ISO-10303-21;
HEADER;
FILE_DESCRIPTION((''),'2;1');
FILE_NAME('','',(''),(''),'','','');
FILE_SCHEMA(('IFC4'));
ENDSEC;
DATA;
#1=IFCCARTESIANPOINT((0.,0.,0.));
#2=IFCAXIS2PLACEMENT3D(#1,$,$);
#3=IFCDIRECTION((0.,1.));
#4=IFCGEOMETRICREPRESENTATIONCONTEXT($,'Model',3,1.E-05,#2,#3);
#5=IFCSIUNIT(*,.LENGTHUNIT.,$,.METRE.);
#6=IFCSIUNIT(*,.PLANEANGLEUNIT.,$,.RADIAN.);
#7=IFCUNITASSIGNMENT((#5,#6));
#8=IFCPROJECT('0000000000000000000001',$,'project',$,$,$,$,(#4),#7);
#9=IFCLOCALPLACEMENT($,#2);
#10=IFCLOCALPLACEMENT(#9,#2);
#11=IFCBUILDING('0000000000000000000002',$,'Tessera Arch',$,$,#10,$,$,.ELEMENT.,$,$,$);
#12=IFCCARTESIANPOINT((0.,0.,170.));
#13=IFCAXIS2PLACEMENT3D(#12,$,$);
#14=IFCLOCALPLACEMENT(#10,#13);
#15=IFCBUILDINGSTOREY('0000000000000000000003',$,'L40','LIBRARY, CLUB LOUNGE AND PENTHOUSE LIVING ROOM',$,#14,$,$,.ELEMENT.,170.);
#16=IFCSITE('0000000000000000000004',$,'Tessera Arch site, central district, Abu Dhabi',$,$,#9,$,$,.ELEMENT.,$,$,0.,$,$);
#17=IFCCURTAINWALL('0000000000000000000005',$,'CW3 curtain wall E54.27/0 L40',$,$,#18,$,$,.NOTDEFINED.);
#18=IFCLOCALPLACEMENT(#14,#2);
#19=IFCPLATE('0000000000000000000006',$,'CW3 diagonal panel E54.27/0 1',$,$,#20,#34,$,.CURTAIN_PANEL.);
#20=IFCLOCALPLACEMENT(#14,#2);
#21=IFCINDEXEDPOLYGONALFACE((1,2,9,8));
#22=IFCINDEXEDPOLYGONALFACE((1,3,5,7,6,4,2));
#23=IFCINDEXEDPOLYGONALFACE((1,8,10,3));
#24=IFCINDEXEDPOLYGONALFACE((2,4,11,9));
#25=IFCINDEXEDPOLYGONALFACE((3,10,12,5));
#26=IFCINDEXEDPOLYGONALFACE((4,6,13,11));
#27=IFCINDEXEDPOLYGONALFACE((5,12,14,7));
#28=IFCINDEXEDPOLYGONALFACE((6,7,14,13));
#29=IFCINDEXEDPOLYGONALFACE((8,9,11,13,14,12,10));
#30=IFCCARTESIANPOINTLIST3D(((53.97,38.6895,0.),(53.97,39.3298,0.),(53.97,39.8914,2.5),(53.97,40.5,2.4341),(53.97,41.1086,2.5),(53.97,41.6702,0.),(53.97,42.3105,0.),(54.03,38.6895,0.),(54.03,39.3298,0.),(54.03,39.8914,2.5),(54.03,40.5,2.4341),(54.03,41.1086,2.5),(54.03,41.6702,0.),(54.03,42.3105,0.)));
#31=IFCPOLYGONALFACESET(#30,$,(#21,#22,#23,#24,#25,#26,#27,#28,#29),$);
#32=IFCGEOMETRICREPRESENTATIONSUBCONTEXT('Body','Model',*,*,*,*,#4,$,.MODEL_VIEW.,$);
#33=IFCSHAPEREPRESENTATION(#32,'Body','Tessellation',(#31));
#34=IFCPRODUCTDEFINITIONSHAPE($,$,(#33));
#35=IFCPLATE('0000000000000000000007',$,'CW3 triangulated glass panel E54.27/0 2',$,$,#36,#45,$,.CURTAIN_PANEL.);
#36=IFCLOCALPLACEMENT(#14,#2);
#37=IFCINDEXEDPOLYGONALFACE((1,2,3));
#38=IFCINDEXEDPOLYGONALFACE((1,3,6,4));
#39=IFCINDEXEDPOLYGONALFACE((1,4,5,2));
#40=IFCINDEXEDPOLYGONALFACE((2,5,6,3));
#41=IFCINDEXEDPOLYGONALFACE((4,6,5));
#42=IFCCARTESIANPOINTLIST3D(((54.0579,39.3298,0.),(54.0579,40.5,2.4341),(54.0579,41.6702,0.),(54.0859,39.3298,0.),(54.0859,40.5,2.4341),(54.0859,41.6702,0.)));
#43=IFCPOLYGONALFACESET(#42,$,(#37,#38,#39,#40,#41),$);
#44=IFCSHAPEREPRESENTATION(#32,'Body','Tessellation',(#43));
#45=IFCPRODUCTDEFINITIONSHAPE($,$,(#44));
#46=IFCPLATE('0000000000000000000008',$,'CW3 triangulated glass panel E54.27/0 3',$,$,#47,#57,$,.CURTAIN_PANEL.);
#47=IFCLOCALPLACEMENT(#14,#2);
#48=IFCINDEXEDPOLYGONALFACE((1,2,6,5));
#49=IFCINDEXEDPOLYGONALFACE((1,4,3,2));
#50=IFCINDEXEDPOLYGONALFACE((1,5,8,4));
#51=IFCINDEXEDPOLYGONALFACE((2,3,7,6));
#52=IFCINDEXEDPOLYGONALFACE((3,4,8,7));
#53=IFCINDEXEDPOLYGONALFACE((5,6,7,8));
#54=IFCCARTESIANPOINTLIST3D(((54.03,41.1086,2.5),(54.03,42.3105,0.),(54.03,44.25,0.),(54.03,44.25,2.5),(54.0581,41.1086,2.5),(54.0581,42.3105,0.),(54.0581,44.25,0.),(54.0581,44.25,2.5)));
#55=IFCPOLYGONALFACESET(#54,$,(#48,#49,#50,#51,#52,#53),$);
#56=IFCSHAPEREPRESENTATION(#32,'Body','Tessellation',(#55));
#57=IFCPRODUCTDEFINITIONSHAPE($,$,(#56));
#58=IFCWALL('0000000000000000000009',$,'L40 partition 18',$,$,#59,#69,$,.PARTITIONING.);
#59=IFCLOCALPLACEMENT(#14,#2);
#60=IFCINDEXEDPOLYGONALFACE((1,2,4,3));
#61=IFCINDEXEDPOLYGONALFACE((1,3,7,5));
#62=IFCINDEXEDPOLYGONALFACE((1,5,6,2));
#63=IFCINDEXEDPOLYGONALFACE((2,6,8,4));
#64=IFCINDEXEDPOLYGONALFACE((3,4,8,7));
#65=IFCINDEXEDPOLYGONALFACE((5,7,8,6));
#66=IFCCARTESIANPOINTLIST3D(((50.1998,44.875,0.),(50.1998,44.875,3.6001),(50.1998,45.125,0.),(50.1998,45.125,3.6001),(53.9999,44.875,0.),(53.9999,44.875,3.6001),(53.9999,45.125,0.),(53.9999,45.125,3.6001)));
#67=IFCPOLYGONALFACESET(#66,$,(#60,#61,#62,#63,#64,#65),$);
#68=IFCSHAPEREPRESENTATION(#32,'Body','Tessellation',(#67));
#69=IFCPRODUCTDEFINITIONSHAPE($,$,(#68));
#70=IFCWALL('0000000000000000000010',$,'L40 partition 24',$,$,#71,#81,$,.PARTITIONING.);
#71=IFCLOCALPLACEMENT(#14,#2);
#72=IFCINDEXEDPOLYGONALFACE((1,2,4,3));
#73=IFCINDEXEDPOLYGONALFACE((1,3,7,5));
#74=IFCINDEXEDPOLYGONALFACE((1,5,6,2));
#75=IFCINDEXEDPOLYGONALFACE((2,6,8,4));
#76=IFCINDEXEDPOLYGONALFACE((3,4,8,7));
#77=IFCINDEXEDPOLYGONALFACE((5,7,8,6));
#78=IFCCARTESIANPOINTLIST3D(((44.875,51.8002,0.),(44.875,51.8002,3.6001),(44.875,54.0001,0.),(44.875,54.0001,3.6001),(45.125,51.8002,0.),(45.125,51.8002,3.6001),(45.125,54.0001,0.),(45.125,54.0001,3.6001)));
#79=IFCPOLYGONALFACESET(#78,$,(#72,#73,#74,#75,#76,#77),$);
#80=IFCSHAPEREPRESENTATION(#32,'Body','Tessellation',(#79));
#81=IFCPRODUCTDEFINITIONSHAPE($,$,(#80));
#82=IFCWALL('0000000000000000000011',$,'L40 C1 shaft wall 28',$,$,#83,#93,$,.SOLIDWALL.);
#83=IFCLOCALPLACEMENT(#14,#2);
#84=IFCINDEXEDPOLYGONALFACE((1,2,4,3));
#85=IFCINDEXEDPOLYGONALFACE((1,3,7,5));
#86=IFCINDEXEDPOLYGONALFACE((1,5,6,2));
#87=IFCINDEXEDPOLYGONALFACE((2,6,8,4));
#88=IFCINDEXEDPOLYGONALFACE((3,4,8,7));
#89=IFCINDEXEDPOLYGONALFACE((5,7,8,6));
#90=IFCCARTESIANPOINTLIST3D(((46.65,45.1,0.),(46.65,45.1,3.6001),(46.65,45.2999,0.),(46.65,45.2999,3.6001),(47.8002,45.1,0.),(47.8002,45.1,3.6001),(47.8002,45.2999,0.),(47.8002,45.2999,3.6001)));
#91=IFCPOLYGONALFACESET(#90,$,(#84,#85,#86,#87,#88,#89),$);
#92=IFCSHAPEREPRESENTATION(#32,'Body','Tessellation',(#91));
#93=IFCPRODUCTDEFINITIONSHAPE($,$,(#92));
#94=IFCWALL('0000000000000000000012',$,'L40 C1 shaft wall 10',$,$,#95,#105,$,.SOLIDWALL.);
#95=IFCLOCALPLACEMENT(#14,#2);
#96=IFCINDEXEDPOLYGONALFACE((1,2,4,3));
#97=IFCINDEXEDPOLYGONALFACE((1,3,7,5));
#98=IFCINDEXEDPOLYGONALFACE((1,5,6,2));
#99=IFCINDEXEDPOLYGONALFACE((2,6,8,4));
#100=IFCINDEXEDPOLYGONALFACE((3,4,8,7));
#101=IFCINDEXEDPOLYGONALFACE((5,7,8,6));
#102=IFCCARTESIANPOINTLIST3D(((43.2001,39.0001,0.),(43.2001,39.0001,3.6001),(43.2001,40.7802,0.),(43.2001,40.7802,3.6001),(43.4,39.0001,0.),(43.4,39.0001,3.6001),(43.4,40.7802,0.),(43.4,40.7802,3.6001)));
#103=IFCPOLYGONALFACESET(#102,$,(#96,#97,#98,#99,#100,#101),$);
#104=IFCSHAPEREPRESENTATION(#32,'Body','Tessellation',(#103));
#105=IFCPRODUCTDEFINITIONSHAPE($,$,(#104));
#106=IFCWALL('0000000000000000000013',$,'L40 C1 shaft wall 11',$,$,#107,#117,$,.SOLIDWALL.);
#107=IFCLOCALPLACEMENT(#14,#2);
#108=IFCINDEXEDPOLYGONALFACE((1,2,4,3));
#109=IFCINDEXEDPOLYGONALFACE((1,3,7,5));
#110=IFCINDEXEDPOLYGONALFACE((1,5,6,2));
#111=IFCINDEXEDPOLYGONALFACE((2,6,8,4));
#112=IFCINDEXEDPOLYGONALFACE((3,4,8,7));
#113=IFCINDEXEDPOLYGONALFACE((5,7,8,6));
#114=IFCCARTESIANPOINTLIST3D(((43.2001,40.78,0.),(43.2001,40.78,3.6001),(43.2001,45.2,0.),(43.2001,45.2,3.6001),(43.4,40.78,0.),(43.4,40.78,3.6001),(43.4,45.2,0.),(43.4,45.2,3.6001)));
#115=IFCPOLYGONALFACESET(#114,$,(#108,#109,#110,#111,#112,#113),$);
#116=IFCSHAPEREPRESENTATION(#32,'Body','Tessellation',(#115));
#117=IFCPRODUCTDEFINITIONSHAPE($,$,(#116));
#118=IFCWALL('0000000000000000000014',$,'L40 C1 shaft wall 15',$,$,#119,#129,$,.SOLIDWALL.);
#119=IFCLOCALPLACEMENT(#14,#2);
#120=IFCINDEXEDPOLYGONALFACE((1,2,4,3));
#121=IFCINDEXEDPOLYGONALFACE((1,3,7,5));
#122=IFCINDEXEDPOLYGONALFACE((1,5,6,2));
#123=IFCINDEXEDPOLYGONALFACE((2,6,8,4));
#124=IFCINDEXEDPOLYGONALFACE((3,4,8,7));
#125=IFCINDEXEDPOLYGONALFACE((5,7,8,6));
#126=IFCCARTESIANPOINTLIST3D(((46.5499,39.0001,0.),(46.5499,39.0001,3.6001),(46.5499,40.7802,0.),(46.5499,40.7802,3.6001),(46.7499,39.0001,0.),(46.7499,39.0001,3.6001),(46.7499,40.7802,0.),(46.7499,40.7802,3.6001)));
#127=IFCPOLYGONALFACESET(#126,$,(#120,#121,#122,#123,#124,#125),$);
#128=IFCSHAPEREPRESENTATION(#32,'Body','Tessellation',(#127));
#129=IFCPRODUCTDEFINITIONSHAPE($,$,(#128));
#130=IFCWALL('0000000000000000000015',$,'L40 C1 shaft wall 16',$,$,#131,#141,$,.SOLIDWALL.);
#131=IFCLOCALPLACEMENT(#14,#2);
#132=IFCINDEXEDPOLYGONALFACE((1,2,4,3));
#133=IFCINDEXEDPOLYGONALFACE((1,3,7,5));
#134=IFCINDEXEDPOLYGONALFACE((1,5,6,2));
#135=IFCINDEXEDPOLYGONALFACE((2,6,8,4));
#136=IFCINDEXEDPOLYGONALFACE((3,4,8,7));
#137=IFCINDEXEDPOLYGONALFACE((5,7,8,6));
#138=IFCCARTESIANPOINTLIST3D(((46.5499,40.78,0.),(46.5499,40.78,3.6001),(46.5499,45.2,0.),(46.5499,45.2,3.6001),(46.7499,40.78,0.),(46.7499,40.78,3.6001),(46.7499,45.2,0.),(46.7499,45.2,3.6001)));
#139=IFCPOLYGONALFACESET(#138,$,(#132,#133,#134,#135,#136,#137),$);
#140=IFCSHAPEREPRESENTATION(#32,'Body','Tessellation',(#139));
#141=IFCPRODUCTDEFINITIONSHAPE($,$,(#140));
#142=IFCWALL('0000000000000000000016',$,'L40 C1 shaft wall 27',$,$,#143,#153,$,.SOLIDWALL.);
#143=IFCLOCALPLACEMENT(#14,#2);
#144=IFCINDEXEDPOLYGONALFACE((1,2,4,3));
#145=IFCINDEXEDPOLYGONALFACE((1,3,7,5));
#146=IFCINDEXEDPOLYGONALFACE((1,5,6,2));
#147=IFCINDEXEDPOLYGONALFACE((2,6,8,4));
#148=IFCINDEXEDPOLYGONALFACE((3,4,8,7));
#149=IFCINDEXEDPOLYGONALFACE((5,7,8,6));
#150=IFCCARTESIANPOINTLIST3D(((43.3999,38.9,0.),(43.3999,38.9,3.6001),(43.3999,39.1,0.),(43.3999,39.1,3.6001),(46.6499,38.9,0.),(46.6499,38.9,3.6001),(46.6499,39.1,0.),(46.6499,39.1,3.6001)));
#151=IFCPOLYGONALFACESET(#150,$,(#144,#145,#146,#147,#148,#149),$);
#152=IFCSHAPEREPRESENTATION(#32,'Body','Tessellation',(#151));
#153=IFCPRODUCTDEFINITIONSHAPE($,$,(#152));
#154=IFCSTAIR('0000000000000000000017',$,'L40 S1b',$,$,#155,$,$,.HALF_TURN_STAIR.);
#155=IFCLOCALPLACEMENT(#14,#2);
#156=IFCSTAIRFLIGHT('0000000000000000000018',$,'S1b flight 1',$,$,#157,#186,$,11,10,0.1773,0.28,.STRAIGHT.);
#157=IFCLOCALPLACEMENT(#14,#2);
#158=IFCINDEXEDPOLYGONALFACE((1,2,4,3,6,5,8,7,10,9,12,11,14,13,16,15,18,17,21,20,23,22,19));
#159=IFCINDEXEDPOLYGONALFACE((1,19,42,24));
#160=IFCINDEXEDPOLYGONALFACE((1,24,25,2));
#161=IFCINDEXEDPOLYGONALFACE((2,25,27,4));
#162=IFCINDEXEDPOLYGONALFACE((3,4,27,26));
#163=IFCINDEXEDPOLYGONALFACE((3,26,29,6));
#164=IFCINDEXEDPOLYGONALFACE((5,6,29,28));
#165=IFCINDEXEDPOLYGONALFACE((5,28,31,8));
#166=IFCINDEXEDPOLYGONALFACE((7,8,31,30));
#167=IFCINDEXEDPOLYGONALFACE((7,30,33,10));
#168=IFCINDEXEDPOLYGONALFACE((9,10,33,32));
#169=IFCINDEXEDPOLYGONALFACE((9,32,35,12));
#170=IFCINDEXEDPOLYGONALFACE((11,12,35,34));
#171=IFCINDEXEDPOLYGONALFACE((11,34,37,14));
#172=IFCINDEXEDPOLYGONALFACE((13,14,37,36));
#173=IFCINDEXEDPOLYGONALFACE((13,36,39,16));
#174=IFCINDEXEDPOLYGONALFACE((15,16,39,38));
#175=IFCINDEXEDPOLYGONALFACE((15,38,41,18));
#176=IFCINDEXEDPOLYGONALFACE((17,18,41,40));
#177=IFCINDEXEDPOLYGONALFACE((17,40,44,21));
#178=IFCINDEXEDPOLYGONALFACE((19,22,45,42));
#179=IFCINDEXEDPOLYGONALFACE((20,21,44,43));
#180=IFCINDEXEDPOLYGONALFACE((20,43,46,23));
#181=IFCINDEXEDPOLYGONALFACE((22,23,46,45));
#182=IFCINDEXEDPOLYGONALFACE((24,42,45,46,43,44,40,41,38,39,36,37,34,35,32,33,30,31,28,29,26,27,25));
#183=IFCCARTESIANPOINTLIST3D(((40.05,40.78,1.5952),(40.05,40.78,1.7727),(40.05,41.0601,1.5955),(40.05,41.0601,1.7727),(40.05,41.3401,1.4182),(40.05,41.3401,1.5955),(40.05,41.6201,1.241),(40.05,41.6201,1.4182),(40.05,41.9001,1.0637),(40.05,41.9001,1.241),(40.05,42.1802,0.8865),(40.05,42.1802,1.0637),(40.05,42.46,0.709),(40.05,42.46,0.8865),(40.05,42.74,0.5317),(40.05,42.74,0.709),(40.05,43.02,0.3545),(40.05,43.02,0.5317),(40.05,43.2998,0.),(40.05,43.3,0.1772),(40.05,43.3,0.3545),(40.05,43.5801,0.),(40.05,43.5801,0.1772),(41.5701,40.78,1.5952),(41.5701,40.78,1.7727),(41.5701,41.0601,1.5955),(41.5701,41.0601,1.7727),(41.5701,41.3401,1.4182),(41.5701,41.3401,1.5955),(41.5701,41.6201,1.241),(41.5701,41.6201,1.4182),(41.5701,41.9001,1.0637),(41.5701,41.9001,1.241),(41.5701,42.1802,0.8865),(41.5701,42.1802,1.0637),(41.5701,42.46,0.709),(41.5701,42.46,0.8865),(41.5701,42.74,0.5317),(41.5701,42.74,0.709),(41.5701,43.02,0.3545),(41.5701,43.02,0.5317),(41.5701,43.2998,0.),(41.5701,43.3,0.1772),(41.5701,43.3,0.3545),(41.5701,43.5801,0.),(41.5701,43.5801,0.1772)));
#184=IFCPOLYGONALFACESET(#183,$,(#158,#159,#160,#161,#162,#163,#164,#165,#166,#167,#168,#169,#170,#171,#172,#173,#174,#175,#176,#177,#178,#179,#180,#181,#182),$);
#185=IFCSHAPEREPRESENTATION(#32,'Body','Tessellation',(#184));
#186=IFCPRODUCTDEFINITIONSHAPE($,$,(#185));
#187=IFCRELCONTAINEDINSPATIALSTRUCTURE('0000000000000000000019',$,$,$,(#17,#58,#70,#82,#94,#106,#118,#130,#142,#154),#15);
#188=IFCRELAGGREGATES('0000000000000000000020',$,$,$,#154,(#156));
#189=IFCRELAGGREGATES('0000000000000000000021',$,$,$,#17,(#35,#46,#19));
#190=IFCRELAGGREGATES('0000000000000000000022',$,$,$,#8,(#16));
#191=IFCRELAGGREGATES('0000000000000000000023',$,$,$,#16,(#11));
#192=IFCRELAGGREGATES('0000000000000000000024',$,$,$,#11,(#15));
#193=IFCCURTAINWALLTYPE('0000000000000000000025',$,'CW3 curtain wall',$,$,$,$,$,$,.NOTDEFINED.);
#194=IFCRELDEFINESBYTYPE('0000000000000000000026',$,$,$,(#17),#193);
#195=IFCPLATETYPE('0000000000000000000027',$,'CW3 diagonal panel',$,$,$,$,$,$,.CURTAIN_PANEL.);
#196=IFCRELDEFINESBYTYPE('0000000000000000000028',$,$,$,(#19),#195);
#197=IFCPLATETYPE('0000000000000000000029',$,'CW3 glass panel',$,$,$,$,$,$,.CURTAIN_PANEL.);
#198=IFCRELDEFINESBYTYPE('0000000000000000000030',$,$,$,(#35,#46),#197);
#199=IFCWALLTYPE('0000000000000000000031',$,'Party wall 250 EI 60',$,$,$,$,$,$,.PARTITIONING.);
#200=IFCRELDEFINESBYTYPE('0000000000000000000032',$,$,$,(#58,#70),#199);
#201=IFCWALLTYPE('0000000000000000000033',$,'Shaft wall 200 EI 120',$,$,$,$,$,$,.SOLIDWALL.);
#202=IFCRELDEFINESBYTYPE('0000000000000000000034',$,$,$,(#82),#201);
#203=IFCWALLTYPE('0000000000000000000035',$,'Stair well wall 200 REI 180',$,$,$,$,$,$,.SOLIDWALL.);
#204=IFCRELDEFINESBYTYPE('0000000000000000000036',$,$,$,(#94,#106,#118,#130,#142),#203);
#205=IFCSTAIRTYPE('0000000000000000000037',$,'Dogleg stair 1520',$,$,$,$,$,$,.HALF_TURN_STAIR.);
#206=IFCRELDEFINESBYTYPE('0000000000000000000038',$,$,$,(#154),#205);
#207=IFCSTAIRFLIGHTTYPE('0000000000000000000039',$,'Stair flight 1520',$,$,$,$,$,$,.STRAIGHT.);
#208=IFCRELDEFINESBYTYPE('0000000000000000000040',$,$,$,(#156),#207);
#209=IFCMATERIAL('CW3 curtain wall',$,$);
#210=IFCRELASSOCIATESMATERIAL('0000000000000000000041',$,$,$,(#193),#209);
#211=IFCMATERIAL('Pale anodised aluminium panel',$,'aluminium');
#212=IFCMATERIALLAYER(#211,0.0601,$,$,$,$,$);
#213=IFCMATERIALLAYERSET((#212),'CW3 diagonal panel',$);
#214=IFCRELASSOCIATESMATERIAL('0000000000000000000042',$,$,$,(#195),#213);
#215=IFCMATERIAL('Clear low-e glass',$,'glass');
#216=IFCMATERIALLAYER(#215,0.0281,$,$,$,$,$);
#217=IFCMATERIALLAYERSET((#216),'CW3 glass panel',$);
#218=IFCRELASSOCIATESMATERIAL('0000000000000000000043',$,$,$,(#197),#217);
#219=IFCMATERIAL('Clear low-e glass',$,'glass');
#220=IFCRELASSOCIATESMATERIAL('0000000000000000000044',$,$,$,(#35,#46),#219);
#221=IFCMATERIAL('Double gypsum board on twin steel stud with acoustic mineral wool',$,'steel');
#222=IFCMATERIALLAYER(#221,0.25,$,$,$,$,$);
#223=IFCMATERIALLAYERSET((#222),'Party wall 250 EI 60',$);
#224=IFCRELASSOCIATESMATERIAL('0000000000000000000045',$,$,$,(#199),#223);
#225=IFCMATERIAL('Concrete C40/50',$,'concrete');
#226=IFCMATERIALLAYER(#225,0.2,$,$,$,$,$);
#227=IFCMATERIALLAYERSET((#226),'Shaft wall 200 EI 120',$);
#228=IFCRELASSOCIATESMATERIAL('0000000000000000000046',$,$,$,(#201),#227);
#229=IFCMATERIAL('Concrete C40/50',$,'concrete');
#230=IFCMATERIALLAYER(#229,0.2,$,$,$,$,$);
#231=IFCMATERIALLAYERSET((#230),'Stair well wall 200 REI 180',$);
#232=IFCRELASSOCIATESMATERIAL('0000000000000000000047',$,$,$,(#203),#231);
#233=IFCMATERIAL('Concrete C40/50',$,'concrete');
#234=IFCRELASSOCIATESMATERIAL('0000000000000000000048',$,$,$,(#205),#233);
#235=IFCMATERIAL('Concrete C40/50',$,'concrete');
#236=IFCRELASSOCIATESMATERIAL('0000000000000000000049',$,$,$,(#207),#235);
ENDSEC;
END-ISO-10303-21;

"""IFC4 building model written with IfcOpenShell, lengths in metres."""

from ifc_helpers import new_model, si_unit, direction, frame, frame_2d, origin, place, context, subcontext, project, spatial, polyline, rectangle, outline, extrude, material, layer, layer_set, type_object, element, aggregate, save


model = new_model("IFC4")

# Units and contexts
model_context = context("Model", 3, precision=1e-05, world=origin(), true_north=direction((0.0, 1.0)))
body_context = subcontext(model_context, "Body", "Model", "MODEL_VIEW")
ifc_project = project(units=[si_unit("LENGTHUNIT", "METRE"), si_unit("PLANEANGLEUNIT", "RADIAN")], contexts=[model_context])

# Site, building, storey
site_placement = place(None, origin())
site = spatial("IfcSite", under=ifc_project, at=site_placement, Name="Tessera Arch site, central district, Abu Dhabi", CompositionType="ELEMENT", RefElevation=0.0)
building_placement = place(site_placement, origin())
building = spatial("IfcBuilding", under=site, at=building_placement, Name="Tessera Arch", CompositionType="ELEMENT")
storey_placement = place(building_placement, frame((0.0, 0.0, 170.0)))
storey = spatial("IfcBuildingStorey", under=building, at=storey_placement, Name="L40", Description="LIBRARY, CLUB LOUNGE AND PENTHOUSE LIVING ROOM", CompositionType="ELEMENT", Elevation=170.0)

# Shared definitions
ifc_material_1 = material(Name="Clear low-e glass", Category="glass")

# Curtain wall, plates
ifc_material_2 = material(Name="CW3 curtain wall")
curtain_wall_type_1 = type_object("IfcCurtainWallType", Name="CW3 curtain wall", PredefinedType="NOTDEFINED", material=ifc_material_2)
curtain_wall_1_placement = place(storey_placement, origin())
curtain_wall_1 = element("IfcCurtainWall", 1, at=curtain_wall_1_placement, inside=storey, type_object=curtain_wall_type_1, Name="CW3 curtain wall E54.27/0 L40", PredefinedType="NOTDEFINED")
ifc_material_3 = material(Name="Pale anodised aluminium panel", Category="aluminium")
ifc_layer_1 = layer(ifc_material_3, 0.0601)
ifc_layer_set_1 = layer_set([ifc_layer_1], Name="CW3 diagonal panel")
plate_type_1 = type_object("IfcPlateType", Name="CW3 diagonal panel", PredefinedType="CURTAIN_PANEL", material=ifc_layer_set_1)
plate_1_placement = place(storey_placement, frame((54.03, 41.1086, 2.5), z_axis=(1.0, 0.0, 0.0), x_axis=(0.0, -1.0, 0.0)))
plate_1 = element("IfcPlate", 2, at=plate_1_placement, type_object=plate_type_1, Name="CW3 diagonal panel E54.27/0 1", PredefinedType="CURTAIN_PANEL", context=body_context, shape_type="SweptSolid", body=[
    extrude(outline(polyline([(0.0, 0.0), (1.2173, 0.0), (2.4192, 2.5), (1.7788, 2.5), (0.6086, 0.0659), (-0.5615, 2.5), (-1.2019, 2.5), (0.0, 0.0)])), origin(), (0.0, 0.0, -1.0), 0.0601),
])
ifc_material_4 = material(Name="Clear low-e glass", Category="glass")
ifc_layer_2 = layer(ifc_material_4, 0.0281)
ifc_layer_set_2 = layer_set([ifc_layer_2], Name="CW3 glass panel")
plate_type_2 = type_object("IfcPlateType", Name="CW3 glass panel", PredefinedType="CURTAIN_PANEL", material=ifc_layer_set_2)
plate_2_placement = place(storey_placement, frame((54.0859, 39.3298, 0.0), z_axis=(1.0, 0.0, 0.0), x_axis=(0.0, 1.0, 0.0)))
plate_2 = element("IfcPlate", 3, at=plate_2_placement, type_object=plate_type_2, material=ifc_material_1, Name="CW3 triangulated glass panel E54.27/0 2", PredefinedType="CURTAIN_PANEL", context=body_context, shape_type="SweptSolid", body=[
    extrude(outline(polyline([(0.0, 0.0), (2.3403, 0.0), (1.1702, 2.4341), (0.0, 0.0)])), origin(), (0.0, 0.0, -1.0), 0.0281),
])
plate_3_placement = place(storey_placement, frame((54.0581, 44.25, 2.5), z_axis=(1.0, 0.0, 0.0), x_axis=(0.0, -1.0, 0.0)))
plate_3 = element("IfcPlate", 4, at=plate_3_placement, type_object=plate_type_2, material=ifc_material_1, Name="CW3 triangulated glass panel E54.27/0 3", PredefinedType="CURTAIN_PANEL", context=body_context, shape_type="SweptSolid", body=[
    extrude(outline(polyline([(0.0, 0.0), (3.1414, 0.0), (1.9395, 2.5), (0.0, 2.5), (0.0, 0.0)])), origin(), (0.0, 0.0, -1.0), 0.0281),
])

# Walls
ifc_material_5 = material(Name="Double gypsum board on twin steel stud with acoustic mineral wool", Category="steel")
ifc_layer_3 = layer(ifc_material_5, 0.25)
ifc_layer_set_3 = layer_set([ifc_layer_3], Name="Party wall 250 EI 60")
wall_type_1 = type_object("IfcWallType", Name="Party wall 250 EI 60", PredefinedType="PARTITIONING", material=ifc_layer_set_3)
wall_1_placement = place(storey_placement, frame((50.2, 45.0, 0.0), z_axis=(0.0, 0.0, 1.0), x_axis=(1.0, 0.0, 0.0)))
element("IfcWall", 5, at=wall_1_placement, inside=storey, type_object=wall_type_1, Name="L40 partition 18", PredefinedType="PARTITIONING", context=body_context, shape_type="SweptSolid", body=[
    extrude(rectangle(XDim=3.8, YDim=0.25, at=frame_2d((1.8999, 0.0))), origin(), (0.0, 0.0, 1.0), 3.6001),
])
wall_2_placement = place(storey_placement, frame((45.0, 51.8, 0.0), z_axis=(0.0, 0.0, 1.0), x_axis=(0.0, 1.0, 0.0)))
element("IfcWall", 6, at=wall_2_placement, inside=storey, type_object=wall_type_1, Name="L40 partition 24", PredefinedType="PARTITIONING", context=body_context, shape_type="SweptSolid", body=[
    extrude(rectangle(XDim=2.2, YDim=0.25, at=frame_2d((1.1001, 0.0))), origin(), (0.0, 0.0, 1.0), 3.6001),
])
ifc_material_6 = material(Name="Concrete C40/50", Category="concrete")
ifc_layer_4 = layer(ifc_material_6, 0.2)
ifc_layer_set_4 = layer_set([ifc_layer_4], Name="Shaft wall 200 EI 120")
wall_type_2 = type_object("IfcWallType", Name="Shaft wall 200 EI 120", PredefinedType="SOLIDWALL", material=ifc_layer_set_4)
wall_3_placement = place(storey_placement, frame((46.6499, 45.2, 0.0), z_axis=(0.0, 0.0, 1.0), x_axis=(1.0, 0.0, 0.0)))
element("IfcWall", 7, at=wall_3_placement, inside=storey, type_object=wall_type_2, Name="L40 C1 shaft wall 28", PredefinedType="SOLIDWALL", context=body_context, shape_type="SweptSolid", body=[
    extrude(rectangle(XDim=1.1501, YDim=0.2, at=frame_2d((0.5752, 0.0))), origin(), (0.0, 0.0, 1.0), 3.6001),
])
ifc_material_7 = material(Name="Concrete C40/50", Category="concrete")
ifc_layer_5 = layer(ifc_material_7, 0.2)
ifc_layer_set_5 = layer_set([ifc_layer_5], Name="Stair well wall 200 REI 180")
wall_type_3 = type_object("IfcWallType", Name="Stair well wall 200 REI 180", PredefinedType="SOLIDWALL", material=ifc_layer_set_5)
wall_4_placement = place(storey_placement, frame((43.3, 39.0, 0.0), z_axis=(0.0, 0.0, 1.0), x_axis=(0.0, 1.0, 0.0)))
element("IfcWall", 8, at=wall_4_placement, inside=storey, type_object=wall_type_3, Name="L40 C1 shaft wall 10", PredefinedType="SOLIDWALL", context=body_context, shape_type="SweptSolid", body=[
    extrude(rectangle(XDim=1.78, YDim=0.2, at=frame_2d((0.8901, 0.0))), origin(), (0.0, 0.0, 1.0), 3.6001),
])
wall_5_placement = place(storey_placement, frame((43.3, 40.78, 0.0), z_axis=(0.0, 0.0, 1.0), x_axis=(0.0, 1.0, 0.0)))
element("IfcWall", 9, at=wall_5_placement, inside=storey, type_object=wall_type_3, Name="L40 C1 shaft wall 11", PredefinedType="SOLIDWALL", context=body_context, shape_type="SweptSolid", body=[
    extrude(rectangle(XDim=4.4199, YDim=0.2, at=frame_2d((2.21, 0.0))), origin(), (0.0, 0.0, 1.0), 3.6001),
])
wall_6_placement = place(storey_placement, frame((46.6499, 39.0, 0.0), z_axis=(0.0, 0.0, 1.0), x_axis=(0.0, 1.0, 0.0)))
element("IfcWall", 10, at=wall_6_placement, inside=storey, type_object=wall_type_3, Name="L40 C1 shaft wall 15", PredefinedType="SOLIDWALL", context=body_context, shape_type="SweptSolid", body=[
    extrude(rectangle(XDim=1.78, YDim=0.2, at=frame_2d((0.8901, 0.0))), origin(), (0.0, 0.0, 1.0), 3.6001),
])
wall_7_placement = place(storey_placement, frame((46.6499, 40.78, 0.0), z_axis=(0.0, 0.0, 1.0), x_axis=(0.0, 1.0, 0.0)))
element("IfcWall", 11, at=wall_7_placement, inside=storey, type_object=wall_type_3, Name="L40 C1 shaft wall 16", PredefinedType="SOLIDWALL", context=body_context, shape_type="SweptSolid", body=[
    extrude(rectangle(XDim=4.4199, YDim=0.2, at=frame_2d((2.21, 0.0))), origin(), (0.0, 0.0, 1.0), 3.6001),
])
wall_8_placement = place(storey_placement, frame((43.3999, 39.0, 0.0), z_axis=(0.0, 0.0, 1.0), x_axis=(1.0, 0.0, 0.0)))
element("IfcWall", 12, at=wall_8_placement, inside=storey, type_object=wall_type_3, Name="L40 C1 shaft wall 27", PredefinedType="SOLIDWALL", context=body_context, shape_type="SweptSolid", body=[
    extrude(rectangle(XDim=3.25, YDim=0.2, at=frame_2d((1.625, 0.0))), origin(), (0.0, 0.0, 1.0), 3.6001),
])

# Stair, stair flight
ifc_material_8 = material(Name="Concrete C40/50", Category="concrete")
stair_type = type_object("IfcStairType", Name="Dogleg stair 1520", PredefinedType="HALF_TURN_STAIR", material=ifc_material_8)
stair_1_placement = place(storey_placement, origin())
stair_1 = element("IfcStair", 13, at=stair_1_placement, inside=storey, type_object=stair_type, Name="L40 S1b", PredefinedType="HALF_TURN_STAIR")
ifc_material_9 = material(Name="Concrete C40/50", Category="concrete")
stair_flight_type = type_object("IfcStairFlightType", Name="Stair flight 1520", PredefinedType="STRAIGHT", material=ifc_material_9)
stair_flight_1_placement = place(storey_placement, frame((40.8101, 43.5801, 0.0), z_axis=(0.0, 0.0, 1.0), x_axis=(0.0, -1.0, 0.0)))
stair_flight_1 = element("IfcStairFlight", 14, at=stair_flight_1_placement, type_object=stair_flight_type, Name="S1b flight 1", NumberOfRisers=11, NumberOfTreads=10, PredefinedType="STRAIGHT", RiserHeight=0.1773, TreadLength=0.28, context=body_context, shape_type="SweptSolid", body=[
    extrude(outline(polyline([(0.0, 0.0), (0.0, 0.1772), (0.28, 0.1772), (0.28, 0.3545), (0.5601, 0.3545), (0.5601, 0.5317), (0.8401, 0.5317), (0.8401, 0.709), (1.1201, 0.709), (1.1201, 0.8865), (1.3999, 0.8865), (1.3999, 1.0637), (1.6799, 1.0637), (1.6799, 1.241), (1.96, 1.241), (1.96, 1.4182), (2.24, 1.4182), (2.24, 1.5955), (2.52, 1.5955), (2.52, 1.7727), (2.8, 1.7727), (2.8, 1.95), (2.8, 1.5952), (0.2803, 0.0), (0.0, 0.0)])), frame((0.0, 0.76, 0.0), z_axis=(0.0, -1.0, 0.0), x_axis=(1.0, 0.0, 0.0)), (0.0, 0.0, 1.0), 1.52),
])
aggregate(stair_1, [stair_flight_1])

aggregate(curtain_wall_1, [plate_2, plate_3, plate_1])

save(model, "model.ifc")
